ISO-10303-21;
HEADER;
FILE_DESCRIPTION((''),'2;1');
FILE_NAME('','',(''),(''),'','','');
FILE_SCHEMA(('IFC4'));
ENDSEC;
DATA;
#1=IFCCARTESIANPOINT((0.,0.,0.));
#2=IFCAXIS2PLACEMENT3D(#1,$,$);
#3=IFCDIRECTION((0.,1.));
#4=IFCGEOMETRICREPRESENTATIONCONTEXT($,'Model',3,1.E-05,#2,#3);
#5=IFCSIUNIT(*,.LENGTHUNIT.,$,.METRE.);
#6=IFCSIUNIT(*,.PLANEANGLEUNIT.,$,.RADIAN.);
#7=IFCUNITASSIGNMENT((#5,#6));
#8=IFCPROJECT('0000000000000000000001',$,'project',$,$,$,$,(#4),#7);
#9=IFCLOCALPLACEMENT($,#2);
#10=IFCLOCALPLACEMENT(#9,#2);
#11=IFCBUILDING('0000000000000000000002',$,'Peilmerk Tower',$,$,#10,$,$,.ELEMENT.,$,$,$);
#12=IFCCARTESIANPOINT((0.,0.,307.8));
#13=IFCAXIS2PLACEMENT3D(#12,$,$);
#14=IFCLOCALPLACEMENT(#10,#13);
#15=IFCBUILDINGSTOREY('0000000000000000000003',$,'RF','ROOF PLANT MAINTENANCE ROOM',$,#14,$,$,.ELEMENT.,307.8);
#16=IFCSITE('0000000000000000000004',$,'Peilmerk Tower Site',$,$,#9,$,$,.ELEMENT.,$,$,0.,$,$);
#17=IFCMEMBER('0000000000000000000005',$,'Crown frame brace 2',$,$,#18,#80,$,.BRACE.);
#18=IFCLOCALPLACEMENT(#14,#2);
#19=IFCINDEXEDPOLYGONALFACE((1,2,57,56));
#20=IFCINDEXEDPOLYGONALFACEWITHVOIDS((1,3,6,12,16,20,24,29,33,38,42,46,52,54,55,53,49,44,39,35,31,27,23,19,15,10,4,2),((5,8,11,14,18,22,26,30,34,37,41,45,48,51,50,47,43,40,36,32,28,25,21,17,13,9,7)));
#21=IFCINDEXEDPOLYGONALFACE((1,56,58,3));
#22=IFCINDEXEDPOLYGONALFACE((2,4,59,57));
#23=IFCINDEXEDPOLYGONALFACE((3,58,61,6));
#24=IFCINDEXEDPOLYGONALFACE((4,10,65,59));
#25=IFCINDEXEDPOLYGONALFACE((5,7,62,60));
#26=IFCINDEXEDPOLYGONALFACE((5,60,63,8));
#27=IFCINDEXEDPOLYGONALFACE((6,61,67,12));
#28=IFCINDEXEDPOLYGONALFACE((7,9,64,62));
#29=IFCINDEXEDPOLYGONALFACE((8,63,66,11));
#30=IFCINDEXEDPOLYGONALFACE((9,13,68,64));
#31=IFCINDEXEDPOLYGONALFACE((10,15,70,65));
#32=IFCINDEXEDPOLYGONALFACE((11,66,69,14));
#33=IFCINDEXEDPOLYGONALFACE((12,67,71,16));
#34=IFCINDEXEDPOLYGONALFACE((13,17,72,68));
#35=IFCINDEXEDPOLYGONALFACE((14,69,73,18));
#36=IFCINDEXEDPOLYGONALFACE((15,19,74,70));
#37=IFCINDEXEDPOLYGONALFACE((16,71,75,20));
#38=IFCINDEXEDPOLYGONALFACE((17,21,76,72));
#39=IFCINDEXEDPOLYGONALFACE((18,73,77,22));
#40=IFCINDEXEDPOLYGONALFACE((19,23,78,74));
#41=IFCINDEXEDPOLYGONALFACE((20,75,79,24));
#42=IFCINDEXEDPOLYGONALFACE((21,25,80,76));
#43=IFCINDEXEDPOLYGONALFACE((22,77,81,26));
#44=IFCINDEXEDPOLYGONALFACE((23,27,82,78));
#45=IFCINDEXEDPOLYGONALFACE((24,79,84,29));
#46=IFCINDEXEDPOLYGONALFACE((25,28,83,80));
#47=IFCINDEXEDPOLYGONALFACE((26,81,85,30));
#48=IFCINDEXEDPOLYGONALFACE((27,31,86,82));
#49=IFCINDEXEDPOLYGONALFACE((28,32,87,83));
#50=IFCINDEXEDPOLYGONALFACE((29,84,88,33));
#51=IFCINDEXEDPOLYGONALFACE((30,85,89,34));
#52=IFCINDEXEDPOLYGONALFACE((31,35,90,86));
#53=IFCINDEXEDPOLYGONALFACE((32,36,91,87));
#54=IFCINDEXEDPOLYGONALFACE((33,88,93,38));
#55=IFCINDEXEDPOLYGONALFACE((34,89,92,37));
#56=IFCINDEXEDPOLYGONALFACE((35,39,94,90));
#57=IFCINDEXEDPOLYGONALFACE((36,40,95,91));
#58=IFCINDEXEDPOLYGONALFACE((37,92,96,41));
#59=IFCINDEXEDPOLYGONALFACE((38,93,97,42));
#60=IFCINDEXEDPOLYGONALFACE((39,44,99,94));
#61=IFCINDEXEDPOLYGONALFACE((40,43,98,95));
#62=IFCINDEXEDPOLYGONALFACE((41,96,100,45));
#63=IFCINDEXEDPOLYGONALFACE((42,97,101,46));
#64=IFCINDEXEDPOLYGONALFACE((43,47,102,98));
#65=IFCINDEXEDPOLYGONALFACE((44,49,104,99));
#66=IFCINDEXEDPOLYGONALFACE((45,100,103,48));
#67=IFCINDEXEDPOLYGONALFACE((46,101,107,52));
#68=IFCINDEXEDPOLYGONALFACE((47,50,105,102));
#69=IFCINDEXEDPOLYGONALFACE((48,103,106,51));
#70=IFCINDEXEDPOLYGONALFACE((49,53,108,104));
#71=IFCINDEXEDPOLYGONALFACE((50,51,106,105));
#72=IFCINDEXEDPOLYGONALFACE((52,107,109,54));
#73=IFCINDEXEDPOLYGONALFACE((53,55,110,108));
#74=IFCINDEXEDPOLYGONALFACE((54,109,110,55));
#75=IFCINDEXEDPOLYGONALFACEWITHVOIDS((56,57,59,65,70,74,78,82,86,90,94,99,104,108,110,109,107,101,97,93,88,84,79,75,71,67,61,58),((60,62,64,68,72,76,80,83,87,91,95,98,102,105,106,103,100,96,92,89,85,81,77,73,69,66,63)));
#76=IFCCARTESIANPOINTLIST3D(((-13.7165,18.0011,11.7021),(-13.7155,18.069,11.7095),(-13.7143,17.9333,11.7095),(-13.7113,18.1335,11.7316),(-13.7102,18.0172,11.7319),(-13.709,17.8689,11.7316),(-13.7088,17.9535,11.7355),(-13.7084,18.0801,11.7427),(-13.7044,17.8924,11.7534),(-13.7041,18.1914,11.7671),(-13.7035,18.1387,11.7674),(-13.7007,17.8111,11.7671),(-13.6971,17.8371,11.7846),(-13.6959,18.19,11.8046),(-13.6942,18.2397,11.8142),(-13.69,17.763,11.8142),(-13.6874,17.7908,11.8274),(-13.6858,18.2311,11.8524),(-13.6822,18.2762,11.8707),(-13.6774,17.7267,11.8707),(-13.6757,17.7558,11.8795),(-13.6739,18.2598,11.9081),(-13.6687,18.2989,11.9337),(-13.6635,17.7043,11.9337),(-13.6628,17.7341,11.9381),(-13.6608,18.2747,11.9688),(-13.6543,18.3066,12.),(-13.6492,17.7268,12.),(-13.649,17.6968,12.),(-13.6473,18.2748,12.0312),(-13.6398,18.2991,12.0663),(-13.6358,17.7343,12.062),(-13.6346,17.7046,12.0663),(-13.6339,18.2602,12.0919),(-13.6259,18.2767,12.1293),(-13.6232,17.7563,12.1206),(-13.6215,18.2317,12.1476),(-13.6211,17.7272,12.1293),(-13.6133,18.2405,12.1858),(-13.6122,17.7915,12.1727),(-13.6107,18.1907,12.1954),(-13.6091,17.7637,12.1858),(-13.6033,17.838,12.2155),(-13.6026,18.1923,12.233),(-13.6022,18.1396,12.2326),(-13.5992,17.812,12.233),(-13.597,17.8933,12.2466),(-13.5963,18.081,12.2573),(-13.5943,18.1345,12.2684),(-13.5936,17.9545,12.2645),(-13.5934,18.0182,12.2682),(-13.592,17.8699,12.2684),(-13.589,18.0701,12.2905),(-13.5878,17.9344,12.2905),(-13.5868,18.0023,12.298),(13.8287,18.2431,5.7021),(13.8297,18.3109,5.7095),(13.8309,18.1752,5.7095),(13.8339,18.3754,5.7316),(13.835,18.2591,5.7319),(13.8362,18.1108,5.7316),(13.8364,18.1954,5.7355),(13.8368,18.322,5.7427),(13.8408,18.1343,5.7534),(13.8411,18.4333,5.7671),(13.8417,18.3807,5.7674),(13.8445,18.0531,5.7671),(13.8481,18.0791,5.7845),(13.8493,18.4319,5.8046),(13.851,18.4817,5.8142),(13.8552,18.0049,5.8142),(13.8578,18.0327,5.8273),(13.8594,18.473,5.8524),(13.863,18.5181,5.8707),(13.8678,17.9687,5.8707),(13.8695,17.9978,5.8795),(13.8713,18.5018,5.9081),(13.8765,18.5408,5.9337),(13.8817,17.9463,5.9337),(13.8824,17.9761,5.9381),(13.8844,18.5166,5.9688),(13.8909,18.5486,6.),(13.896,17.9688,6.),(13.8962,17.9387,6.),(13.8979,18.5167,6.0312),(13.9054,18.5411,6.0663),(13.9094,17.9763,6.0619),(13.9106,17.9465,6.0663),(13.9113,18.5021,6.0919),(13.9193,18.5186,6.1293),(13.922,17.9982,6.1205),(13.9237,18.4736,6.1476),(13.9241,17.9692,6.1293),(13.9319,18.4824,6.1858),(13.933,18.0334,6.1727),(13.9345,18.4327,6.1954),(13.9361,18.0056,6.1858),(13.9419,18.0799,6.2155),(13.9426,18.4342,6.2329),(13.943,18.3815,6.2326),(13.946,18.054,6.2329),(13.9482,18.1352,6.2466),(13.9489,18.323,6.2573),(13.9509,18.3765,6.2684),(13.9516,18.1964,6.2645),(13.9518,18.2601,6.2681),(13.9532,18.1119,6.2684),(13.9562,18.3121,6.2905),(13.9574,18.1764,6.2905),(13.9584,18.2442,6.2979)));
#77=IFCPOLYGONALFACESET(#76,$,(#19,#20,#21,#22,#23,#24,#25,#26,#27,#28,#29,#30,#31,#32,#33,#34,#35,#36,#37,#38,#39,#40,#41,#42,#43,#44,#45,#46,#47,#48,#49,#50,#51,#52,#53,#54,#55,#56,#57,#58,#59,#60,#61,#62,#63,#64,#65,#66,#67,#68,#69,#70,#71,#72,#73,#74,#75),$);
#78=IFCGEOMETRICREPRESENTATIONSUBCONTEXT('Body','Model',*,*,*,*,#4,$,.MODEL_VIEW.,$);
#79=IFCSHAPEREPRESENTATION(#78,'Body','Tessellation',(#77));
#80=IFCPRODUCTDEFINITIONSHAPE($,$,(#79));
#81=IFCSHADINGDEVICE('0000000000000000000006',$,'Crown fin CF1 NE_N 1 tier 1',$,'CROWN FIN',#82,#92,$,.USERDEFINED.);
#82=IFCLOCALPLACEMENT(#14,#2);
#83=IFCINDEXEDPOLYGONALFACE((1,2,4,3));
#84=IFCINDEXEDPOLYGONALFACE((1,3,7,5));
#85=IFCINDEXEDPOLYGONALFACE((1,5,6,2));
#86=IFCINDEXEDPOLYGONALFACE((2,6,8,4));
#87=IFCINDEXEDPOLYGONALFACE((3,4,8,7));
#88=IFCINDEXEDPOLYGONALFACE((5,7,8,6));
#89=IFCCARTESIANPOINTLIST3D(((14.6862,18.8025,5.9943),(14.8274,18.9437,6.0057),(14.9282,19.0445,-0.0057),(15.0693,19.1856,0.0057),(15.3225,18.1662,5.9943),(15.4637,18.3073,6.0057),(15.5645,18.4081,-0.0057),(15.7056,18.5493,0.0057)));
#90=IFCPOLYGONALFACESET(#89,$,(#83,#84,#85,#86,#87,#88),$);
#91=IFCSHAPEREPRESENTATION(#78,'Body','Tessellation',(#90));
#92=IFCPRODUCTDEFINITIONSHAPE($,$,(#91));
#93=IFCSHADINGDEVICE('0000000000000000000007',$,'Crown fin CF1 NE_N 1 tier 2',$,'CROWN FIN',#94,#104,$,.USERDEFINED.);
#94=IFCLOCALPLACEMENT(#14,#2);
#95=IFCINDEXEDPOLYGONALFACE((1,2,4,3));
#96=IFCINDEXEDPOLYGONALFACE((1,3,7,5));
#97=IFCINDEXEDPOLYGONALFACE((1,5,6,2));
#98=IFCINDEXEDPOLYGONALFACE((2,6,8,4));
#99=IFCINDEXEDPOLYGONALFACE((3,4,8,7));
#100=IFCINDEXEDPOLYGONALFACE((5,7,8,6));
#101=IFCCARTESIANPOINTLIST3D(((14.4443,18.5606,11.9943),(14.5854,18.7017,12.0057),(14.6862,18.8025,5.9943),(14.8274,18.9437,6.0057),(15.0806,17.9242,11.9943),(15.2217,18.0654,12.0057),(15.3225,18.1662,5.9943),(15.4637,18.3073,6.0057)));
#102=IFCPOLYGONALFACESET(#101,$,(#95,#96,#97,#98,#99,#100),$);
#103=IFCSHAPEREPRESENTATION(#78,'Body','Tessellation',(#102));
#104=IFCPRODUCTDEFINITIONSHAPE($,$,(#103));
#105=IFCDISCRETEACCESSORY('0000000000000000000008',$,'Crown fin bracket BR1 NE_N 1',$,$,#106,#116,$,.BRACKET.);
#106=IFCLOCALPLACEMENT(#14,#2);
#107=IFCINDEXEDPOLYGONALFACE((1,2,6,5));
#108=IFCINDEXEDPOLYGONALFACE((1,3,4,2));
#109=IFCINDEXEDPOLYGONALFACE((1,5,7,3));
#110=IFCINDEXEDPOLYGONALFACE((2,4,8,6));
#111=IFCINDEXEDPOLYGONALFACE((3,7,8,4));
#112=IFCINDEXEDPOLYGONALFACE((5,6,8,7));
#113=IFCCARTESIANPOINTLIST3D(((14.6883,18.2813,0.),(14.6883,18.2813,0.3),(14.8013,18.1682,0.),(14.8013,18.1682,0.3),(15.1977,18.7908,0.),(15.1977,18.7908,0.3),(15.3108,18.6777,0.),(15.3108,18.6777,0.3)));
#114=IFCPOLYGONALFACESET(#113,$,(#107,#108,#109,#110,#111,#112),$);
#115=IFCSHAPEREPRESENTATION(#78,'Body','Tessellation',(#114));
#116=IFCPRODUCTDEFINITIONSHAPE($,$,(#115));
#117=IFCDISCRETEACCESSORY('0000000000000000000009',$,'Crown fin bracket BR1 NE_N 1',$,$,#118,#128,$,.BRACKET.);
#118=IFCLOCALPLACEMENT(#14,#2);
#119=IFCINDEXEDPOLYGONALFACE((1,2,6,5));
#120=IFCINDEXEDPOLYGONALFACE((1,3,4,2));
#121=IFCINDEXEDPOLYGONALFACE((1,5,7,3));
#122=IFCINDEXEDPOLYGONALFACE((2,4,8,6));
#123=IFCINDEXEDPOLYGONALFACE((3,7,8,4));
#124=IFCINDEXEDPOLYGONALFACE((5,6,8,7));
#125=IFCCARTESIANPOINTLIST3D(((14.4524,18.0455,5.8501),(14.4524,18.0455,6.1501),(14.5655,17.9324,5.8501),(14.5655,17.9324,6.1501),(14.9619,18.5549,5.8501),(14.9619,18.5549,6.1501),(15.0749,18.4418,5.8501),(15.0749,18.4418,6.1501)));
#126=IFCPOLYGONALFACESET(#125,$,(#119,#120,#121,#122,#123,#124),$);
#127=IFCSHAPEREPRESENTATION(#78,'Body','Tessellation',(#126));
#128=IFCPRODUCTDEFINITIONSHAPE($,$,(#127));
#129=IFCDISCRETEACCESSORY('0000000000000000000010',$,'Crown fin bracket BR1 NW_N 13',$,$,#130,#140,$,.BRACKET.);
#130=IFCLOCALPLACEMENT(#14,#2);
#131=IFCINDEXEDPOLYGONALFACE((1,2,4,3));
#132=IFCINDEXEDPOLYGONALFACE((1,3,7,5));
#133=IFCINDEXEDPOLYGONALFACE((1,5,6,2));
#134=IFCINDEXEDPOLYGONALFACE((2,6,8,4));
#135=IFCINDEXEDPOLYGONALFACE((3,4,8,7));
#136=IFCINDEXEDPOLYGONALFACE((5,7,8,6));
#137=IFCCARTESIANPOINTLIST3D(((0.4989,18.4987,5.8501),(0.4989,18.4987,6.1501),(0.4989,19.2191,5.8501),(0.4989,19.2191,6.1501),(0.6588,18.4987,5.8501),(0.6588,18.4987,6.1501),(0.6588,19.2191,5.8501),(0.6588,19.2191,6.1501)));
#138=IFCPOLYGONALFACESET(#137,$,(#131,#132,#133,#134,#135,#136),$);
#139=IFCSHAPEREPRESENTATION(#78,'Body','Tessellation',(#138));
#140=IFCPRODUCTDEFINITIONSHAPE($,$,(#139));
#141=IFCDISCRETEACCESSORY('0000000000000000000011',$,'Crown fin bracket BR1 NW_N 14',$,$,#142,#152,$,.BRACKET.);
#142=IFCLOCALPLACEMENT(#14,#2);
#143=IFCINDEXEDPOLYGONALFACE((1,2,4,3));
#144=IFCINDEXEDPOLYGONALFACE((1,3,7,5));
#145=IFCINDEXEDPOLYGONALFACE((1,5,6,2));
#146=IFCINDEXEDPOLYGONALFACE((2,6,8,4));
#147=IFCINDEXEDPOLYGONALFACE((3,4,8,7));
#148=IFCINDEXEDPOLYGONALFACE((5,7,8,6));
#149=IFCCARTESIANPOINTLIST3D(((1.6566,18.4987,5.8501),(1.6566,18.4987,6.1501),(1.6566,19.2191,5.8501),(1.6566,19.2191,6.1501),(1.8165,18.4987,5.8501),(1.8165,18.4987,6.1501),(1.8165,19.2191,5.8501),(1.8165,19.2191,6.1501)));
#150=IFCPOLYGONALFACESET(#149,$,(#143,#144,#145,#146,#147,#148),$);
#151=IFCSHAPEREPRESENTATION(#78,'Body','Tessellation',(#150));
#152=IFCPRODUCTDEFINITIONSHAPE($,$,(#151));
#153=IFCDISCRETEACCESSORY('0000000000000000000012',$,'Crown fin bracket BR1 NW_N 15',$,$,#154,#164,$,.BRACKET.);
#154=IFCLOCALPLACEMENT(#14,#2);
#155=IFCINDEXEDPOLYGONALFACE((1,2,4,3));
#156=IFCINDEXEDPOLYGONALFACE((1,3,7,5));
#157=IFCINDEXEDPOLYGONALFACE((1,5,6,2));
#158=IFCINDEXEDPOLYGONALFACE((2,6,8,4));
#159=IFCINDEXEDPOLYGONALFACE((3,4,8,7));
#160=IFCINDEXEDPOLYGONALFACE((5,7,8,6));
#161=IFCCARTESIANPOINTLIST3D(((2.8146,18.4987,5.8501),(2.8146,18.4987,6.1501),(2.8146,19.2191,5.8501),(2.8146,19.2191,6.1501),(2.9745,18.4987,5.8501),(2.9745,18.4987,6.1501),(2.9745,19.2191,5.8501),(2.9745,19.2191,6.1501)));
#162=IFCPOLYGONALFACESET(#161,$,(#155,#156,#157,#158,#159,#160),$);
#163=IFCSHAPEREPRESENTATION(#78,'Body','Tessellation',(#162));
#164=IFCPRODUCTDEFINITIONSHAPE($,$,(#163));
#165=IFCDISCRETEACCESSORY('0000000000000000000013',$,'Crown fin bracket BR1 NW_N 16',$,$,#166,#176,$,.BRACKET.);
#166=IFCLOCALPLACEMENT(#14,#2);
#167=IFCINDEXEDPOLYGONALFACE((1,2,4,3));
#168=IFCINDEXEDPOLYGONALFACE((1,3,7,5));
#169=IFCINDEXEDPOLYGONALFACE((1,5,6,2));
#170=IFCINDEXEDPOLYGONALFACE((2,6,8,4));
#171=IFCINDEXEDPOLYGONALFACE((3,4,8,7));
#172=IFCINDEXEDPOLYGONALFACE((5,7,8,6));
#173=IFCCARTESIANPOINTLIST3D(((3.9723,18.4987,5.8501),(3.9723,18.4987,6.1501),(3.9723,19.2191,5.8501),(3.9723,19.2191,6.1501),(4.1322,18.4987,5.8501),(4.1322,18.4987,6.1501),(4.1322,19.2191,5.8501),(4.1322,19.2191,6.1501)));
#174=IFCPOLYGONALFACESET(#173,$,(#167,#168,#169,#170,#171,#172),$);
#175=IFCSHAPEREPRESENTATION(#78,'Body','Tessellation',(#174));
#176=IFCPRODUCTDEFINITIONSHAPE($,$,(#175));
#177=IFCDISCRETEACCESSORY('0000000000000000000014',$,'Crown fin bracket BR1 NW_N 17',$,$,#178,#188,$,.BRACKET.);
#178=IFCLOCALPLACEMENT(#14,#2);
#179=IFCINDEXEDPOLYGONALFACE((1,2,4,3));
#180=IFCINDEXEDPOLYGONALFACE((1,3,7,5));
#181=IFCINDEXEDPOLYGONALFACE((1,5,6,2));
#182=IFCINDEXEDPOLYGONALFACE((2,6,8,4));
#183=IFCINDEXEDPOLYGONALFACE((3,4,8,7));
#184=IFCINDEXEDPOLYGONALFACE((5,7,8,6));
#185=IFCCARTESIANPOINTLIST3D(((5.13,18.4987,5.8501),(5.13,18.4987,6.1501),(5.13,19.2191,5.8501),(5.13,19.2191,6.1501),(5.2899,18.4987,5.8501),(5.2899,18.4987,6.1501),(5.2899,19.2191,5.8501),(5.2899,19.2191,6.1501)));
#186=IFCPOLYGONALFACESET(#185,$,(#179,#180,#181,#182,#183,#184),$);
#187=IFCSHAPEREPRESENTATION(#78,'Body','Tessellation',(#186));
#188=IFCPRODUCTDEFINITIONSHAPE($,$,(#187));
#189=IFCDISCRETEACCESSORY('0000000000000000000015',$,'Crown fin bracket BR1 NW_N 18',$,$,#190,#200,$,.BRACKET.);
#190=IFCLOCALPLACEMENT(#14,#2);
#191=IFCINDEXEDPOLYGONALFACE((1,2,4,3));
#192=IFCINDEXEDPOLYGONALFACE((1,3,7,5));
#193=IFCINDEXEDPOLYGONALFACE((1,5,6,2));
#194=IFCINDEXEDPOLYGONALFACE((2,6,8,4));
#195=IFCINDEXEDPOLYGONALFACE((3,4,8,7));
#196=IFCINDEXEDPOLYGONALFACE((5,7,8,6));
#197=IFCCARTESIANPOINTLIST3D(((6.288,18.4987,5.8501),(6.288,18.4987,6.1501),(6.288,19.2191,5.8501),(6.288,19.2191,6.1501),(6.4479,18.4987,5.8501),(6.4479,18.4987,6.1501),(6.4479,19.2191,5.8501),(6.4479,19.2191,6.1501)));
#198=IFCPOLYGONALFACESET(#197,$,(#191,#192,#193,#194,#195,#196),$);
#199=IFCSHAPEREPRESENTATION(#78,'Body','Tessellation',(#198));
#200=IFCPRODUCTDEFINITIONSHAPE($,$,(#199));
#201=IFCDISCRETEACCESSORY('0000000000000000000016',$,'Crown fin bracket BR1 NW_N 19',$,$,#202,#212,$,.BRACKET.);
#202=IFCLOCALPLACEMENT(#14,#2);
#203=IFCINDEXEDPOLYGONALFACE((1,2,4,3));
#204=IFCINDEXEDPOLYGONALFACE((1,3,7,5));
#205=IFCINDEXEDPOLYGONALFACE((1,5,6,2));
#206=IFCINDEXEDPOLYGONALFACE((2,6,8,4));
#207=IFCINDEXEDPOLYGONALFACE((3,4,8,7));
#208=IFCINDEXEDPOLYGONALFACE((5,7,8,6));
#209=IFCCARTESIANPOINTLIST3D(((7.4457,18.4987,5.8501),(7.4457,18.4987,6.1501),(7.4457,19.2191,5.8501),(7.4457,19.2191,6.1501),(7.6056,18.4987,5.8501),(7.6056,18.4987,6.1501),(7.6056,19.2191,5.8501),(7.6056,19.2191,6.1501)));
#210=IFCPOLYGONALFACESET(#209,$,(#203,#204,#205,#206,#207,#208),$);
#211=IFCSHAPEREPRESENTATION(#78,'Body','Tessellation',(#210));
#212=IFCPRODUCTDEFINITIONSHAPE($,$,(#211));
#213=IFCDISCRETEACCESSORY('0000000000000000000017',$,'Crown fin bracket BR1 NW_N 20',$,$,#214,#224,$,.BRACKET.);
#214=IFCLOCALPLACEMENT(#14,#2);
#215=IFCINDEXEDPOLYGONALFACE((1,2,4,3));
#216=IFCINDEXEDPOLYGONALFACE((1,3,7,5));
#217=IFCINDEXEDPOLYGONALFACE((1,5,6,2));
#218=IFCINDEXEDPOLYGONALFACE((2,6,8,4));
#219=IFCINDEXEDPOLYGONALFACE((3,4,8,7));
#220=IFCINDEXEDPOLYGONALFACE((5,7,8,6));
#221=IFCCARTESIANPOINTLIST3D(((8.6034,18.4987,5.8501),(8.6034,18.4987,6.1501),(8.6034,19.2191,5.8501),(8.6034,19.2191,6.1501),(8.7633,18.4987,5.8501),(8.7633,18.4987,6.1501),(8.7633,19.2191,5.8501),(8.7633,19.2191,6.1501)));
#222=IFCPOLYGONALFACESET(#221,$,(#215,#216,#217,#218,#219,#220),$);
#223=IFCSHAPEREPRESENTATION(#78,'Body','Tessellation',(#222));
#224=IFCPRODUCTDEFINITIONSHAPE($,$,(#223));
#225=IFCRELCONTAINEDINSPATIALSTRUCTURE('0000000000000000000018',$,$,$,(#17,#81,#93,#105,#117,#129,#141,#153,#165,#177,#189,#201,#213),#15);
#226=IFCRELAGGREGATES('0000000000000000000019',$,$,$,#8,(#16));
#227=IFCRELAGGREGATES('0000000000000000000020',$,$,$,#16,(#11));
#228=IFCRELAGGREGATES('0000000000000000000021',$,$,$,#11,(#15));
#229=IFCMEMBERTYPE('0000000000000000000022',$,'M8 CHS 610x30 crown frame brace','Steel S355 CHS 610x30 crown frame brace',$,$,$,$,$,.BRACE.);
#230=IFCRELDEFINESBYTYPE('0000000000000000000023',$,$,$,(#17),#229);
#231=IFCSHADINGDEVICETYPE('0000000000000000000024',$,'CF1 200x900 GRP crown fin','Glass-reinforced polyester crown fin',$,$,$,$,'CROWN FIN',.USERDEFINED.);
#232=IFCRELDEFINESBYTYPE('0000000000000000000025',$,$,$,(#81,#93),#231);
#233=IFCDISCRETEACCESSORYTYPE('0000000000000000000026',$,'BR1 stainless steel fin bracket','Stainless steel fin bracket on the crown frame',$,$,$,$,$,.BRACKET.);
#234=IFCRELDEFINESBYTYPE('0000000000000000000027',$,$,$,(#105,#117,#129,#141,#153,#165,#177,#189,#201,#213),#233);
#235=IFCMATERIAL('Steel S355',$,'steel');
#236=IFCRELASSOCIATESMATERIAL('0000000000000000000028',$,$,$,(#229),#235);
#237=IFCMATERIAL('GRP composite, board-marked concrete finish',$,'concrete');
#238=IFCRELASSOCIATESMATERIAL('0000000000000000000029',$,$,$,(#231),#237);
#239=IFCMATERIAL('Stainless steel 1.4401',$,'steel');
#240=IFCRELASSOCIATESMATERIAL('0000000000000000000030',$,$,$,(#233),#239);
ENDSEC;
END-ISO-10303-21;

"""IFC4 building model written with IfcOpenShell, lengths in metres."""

from ifc_helpers import new_model, si_unit, direction, frame, origin, origin_2d, place, context, subcontext, project, spatial, rectangle, hollow_circle, extrude, source, transform, mapped, material, material_profile, profile_set, type_object, element, save


model = new_model("IFC4")

# Units and contexts
model_context = context("Model", 3, precision=1e-05, world=origin(), true_north=direction((0.0, 1.0)))
body_context = subcontext(model_context, "Body", "Model", "MODEL_VIEW")
ifc_project = project(units=[si_unit("LENGTHUNIT", "METRE"), si_unit("PLANEANGLEUNIT", "RADIAN")], contexts=[model_context])

# Site, building, storey
site_placement = place(None, origin())
site = spatial("IfcSite", under=ifc_project, at=site_placement, Name="Peilmerk Tower Site", CompositionType="ELEMENT", RefElevation=0.0)
building_placement = place(site_placement, origin())
building = spatial("IfcBuilding", under=site, at=building_placement, Name="Peilmerk Tower", CompositionType="ELEMENT")
storey_placement = place(building_placement, frame((0.0, 0.0, 307.8)))
storey = spatial("IfcBuildingStorey", under=building, at=storey_placement, Name="RF", Description="ROOF PLANT MAINTENANCE ROOM", CompositionType="ELEMENT", Elevation=307.8)

# Shared definitions
ifc_material_1 = material(Name="Steel S355", Category="steel")

# Member
ifc_material_profile_1 = material_profile(ifc_material_1, hollow_circle(Radius=0.3049, WallThickness=0.03, at=origin_2d()), Name="CHS 610x30")
ifc_profile_set_1 = profile_set([ifc_material_profile_1], Name="Steel S355")
member_type_1 = type_object("IfcMemberType", Name="M8 CHS 610x30 crown frame brace", Description="Steel S355 CHS 610x30 crown frame brace", PredefinedType="BRACE", material=ifc_profile_set_1)
member_1_placement = place(storey_placement, frame((13.8936, 18.2437, 6.0), z_axis=(-0.977053, -0.008582, 0.212826), x_axis=(0.008783, -0.999961, 0.0)))
element("IfcMember", 1, at=member_1_placement, inside=storey, type_object=member_type_1, Name="Crown frame brace 2", PredefinedType="BRACE", context=body_context, shape_type="SweptSolid", body=[
    extrude(hollow_circle(Radius=0.3049, WallThickness=0.03, at=origin_2d()), origin(), (0.0, 0.0, 1.0), 28.1921),
])

# Shading devices
ifc_material_2 = material(Name="GRP composite, board-marked concrete finish", Category="concrete")
ifc_material_profile_2 = material_profile(ifc_material_2, rectangle(XDim=0.2, YDim=0.8999, at=origin_2d()), Name="CF1 200x900")
ifc_profile_set_2 = profile_set([ifc_material_profile_2], Name="GRP composite, board-marked concrete finish")
shading_device_type = type_object("IfcShadingDeviceType", Name="CF1 200x900 GRP crown fin", Description="Glass-reinforced polyester crown fin", ElementType="CROWN FIN", PredefinedType="USERDEFINED", material=ifc_profile_set_2)
shared_shape_1 = source(origin(), body_context, "Body", "SweptSolid", [
    extrude(rectangle(XDim=0.2, YDim=0.8999, at=origin_2d()), origin(), (0.0, 0.0, 1.0), 6.0098),
])
for number, where, z_axis, x_axis, name in (
    (2, (15.3169, 18.7969, 0.0), (-0.040258, -0.040258, 0.998378), (0.70596, 0.70596, 0.056934), "Crown fin CF1 NE_N 1 tier 1"),
    (3, (15.075, 18.5549, 6.0), (-0.040258, -0.040258, 0.998378), (0.70596, 0.70596, 0.056934), "Crown fin CF1 NE_N 1 tier 2"),
):
    element("IfcShadingDevice", number, at=place(storey_placement, frame(where, z_axis=z_axis, x_axis=x_axis)), inside=storey, type_object=shading_device_type, Name=name, ObjectType="CROWN FIN", PredefinedType="USERDEFINED", context=body_context, shape_type="MappedRepresentation", body=[
        mapped(shared_shape_1, transform((0.0, 0.0, 0.0), scale=1.0)),
    ])

# Discrete accessories
ifc_material_3 = material(Name="Stainless steel 1.4401", Category="steel")
discrete_accessory_type = type_object("IfcDiscreteAccessoryType", Name="BR1 stainless steel fin bracket", Description="Stainless steel fin bracket on the crown frame", PredefinedType="BRACKET", material=ifc_material_3)
shared_shape_2 = source(origin(), body_context, "Body", "SweptSolid", [
    extrude(rectangle(XDim=0.7205, YDim=0.1599, at=origin_2d()), origin(), (0.0, 0.0, 1.0), 0.3),
])
for number, where, z_axis, x_axis, name in (
    (4, (14.9995, 18.4795, 0.0), (0.0, 0.0, 1.0), (0.707107, 0.707107, 0.0), "Crown fin bracket BR1 NE_N 1"),
    (5, (14.7637, 18.2437, 5.8501), (0.0, 0.0, 1.0), (0.707107, 0.707107, 0.0), "Crown fin bracket BR1 NE_N 1"),
    (6, (0.5789, 18.8589, 5.8501), (0.0, 0.0, 1.0), (0.0, 1.0, 0.0), "Crown fin bracket BR1 NW_N 13"),
    (7, (1.7366, 18.8589, 5.8501), (0.0, 0.0, 1.0), (0.0, 1.0, 0.0), "Crown fin bracket BR1 NW_N 14"),
    (8, (2.8945, 18.8589, 5.8501), (0.0, 0.0, 1.0), (0.0, 1.0, 0.0), "Crown fin bracket BR1 NW_N 15"),
    (9, (4.0522, 18.8589, 5.8501), (0.0, 0.0, 1.0), (0.0, 1.0, 0.0), "Crown fin bracket BR1 NW_N 16"),
    (10, (5.21, 18.8589, 5.8501), (0.0, 0.0, 1.0), (0.0, 1.0, 0.0), "Crown fin bracket BR1 NW_N 17"),
    (11, (6.3679, 18.8589, 5.8501), (0.0, 0.0, 1.0), (0.0, 1.0, 0.0), "Crown fin bracket BR1 NW_N 18"),
    (12, (7.5256, 18.8589, 5.8501), (0.0, 0.0, 1.0), (0.0, 1.0, 0.0), "Crown fin bracket BR1 NW_N 19"),
    (13, (8.6833, 18.8589, 5.8501), (0.0, 0.0, 1.0), (0.0, 1.0, 0.0), "Crown fin bracket BR1 NW_N 20"),
):
    element("IfcDiscreteAccessory", number, at=place(storey_placement, frame(where, z_axis=z_axis, x_axis=x_axis)), inside=storey, type_object=discrete_accessory_type, Name=name, PredefinedType="BRACKET", context=body_context, shape_type="MappedRepresentation", body=[
        mapped(shared_shape_2, transform((0.0, 0.0, 0.0), scale=1.0)),
    ])

save(model, "model.ifc")
